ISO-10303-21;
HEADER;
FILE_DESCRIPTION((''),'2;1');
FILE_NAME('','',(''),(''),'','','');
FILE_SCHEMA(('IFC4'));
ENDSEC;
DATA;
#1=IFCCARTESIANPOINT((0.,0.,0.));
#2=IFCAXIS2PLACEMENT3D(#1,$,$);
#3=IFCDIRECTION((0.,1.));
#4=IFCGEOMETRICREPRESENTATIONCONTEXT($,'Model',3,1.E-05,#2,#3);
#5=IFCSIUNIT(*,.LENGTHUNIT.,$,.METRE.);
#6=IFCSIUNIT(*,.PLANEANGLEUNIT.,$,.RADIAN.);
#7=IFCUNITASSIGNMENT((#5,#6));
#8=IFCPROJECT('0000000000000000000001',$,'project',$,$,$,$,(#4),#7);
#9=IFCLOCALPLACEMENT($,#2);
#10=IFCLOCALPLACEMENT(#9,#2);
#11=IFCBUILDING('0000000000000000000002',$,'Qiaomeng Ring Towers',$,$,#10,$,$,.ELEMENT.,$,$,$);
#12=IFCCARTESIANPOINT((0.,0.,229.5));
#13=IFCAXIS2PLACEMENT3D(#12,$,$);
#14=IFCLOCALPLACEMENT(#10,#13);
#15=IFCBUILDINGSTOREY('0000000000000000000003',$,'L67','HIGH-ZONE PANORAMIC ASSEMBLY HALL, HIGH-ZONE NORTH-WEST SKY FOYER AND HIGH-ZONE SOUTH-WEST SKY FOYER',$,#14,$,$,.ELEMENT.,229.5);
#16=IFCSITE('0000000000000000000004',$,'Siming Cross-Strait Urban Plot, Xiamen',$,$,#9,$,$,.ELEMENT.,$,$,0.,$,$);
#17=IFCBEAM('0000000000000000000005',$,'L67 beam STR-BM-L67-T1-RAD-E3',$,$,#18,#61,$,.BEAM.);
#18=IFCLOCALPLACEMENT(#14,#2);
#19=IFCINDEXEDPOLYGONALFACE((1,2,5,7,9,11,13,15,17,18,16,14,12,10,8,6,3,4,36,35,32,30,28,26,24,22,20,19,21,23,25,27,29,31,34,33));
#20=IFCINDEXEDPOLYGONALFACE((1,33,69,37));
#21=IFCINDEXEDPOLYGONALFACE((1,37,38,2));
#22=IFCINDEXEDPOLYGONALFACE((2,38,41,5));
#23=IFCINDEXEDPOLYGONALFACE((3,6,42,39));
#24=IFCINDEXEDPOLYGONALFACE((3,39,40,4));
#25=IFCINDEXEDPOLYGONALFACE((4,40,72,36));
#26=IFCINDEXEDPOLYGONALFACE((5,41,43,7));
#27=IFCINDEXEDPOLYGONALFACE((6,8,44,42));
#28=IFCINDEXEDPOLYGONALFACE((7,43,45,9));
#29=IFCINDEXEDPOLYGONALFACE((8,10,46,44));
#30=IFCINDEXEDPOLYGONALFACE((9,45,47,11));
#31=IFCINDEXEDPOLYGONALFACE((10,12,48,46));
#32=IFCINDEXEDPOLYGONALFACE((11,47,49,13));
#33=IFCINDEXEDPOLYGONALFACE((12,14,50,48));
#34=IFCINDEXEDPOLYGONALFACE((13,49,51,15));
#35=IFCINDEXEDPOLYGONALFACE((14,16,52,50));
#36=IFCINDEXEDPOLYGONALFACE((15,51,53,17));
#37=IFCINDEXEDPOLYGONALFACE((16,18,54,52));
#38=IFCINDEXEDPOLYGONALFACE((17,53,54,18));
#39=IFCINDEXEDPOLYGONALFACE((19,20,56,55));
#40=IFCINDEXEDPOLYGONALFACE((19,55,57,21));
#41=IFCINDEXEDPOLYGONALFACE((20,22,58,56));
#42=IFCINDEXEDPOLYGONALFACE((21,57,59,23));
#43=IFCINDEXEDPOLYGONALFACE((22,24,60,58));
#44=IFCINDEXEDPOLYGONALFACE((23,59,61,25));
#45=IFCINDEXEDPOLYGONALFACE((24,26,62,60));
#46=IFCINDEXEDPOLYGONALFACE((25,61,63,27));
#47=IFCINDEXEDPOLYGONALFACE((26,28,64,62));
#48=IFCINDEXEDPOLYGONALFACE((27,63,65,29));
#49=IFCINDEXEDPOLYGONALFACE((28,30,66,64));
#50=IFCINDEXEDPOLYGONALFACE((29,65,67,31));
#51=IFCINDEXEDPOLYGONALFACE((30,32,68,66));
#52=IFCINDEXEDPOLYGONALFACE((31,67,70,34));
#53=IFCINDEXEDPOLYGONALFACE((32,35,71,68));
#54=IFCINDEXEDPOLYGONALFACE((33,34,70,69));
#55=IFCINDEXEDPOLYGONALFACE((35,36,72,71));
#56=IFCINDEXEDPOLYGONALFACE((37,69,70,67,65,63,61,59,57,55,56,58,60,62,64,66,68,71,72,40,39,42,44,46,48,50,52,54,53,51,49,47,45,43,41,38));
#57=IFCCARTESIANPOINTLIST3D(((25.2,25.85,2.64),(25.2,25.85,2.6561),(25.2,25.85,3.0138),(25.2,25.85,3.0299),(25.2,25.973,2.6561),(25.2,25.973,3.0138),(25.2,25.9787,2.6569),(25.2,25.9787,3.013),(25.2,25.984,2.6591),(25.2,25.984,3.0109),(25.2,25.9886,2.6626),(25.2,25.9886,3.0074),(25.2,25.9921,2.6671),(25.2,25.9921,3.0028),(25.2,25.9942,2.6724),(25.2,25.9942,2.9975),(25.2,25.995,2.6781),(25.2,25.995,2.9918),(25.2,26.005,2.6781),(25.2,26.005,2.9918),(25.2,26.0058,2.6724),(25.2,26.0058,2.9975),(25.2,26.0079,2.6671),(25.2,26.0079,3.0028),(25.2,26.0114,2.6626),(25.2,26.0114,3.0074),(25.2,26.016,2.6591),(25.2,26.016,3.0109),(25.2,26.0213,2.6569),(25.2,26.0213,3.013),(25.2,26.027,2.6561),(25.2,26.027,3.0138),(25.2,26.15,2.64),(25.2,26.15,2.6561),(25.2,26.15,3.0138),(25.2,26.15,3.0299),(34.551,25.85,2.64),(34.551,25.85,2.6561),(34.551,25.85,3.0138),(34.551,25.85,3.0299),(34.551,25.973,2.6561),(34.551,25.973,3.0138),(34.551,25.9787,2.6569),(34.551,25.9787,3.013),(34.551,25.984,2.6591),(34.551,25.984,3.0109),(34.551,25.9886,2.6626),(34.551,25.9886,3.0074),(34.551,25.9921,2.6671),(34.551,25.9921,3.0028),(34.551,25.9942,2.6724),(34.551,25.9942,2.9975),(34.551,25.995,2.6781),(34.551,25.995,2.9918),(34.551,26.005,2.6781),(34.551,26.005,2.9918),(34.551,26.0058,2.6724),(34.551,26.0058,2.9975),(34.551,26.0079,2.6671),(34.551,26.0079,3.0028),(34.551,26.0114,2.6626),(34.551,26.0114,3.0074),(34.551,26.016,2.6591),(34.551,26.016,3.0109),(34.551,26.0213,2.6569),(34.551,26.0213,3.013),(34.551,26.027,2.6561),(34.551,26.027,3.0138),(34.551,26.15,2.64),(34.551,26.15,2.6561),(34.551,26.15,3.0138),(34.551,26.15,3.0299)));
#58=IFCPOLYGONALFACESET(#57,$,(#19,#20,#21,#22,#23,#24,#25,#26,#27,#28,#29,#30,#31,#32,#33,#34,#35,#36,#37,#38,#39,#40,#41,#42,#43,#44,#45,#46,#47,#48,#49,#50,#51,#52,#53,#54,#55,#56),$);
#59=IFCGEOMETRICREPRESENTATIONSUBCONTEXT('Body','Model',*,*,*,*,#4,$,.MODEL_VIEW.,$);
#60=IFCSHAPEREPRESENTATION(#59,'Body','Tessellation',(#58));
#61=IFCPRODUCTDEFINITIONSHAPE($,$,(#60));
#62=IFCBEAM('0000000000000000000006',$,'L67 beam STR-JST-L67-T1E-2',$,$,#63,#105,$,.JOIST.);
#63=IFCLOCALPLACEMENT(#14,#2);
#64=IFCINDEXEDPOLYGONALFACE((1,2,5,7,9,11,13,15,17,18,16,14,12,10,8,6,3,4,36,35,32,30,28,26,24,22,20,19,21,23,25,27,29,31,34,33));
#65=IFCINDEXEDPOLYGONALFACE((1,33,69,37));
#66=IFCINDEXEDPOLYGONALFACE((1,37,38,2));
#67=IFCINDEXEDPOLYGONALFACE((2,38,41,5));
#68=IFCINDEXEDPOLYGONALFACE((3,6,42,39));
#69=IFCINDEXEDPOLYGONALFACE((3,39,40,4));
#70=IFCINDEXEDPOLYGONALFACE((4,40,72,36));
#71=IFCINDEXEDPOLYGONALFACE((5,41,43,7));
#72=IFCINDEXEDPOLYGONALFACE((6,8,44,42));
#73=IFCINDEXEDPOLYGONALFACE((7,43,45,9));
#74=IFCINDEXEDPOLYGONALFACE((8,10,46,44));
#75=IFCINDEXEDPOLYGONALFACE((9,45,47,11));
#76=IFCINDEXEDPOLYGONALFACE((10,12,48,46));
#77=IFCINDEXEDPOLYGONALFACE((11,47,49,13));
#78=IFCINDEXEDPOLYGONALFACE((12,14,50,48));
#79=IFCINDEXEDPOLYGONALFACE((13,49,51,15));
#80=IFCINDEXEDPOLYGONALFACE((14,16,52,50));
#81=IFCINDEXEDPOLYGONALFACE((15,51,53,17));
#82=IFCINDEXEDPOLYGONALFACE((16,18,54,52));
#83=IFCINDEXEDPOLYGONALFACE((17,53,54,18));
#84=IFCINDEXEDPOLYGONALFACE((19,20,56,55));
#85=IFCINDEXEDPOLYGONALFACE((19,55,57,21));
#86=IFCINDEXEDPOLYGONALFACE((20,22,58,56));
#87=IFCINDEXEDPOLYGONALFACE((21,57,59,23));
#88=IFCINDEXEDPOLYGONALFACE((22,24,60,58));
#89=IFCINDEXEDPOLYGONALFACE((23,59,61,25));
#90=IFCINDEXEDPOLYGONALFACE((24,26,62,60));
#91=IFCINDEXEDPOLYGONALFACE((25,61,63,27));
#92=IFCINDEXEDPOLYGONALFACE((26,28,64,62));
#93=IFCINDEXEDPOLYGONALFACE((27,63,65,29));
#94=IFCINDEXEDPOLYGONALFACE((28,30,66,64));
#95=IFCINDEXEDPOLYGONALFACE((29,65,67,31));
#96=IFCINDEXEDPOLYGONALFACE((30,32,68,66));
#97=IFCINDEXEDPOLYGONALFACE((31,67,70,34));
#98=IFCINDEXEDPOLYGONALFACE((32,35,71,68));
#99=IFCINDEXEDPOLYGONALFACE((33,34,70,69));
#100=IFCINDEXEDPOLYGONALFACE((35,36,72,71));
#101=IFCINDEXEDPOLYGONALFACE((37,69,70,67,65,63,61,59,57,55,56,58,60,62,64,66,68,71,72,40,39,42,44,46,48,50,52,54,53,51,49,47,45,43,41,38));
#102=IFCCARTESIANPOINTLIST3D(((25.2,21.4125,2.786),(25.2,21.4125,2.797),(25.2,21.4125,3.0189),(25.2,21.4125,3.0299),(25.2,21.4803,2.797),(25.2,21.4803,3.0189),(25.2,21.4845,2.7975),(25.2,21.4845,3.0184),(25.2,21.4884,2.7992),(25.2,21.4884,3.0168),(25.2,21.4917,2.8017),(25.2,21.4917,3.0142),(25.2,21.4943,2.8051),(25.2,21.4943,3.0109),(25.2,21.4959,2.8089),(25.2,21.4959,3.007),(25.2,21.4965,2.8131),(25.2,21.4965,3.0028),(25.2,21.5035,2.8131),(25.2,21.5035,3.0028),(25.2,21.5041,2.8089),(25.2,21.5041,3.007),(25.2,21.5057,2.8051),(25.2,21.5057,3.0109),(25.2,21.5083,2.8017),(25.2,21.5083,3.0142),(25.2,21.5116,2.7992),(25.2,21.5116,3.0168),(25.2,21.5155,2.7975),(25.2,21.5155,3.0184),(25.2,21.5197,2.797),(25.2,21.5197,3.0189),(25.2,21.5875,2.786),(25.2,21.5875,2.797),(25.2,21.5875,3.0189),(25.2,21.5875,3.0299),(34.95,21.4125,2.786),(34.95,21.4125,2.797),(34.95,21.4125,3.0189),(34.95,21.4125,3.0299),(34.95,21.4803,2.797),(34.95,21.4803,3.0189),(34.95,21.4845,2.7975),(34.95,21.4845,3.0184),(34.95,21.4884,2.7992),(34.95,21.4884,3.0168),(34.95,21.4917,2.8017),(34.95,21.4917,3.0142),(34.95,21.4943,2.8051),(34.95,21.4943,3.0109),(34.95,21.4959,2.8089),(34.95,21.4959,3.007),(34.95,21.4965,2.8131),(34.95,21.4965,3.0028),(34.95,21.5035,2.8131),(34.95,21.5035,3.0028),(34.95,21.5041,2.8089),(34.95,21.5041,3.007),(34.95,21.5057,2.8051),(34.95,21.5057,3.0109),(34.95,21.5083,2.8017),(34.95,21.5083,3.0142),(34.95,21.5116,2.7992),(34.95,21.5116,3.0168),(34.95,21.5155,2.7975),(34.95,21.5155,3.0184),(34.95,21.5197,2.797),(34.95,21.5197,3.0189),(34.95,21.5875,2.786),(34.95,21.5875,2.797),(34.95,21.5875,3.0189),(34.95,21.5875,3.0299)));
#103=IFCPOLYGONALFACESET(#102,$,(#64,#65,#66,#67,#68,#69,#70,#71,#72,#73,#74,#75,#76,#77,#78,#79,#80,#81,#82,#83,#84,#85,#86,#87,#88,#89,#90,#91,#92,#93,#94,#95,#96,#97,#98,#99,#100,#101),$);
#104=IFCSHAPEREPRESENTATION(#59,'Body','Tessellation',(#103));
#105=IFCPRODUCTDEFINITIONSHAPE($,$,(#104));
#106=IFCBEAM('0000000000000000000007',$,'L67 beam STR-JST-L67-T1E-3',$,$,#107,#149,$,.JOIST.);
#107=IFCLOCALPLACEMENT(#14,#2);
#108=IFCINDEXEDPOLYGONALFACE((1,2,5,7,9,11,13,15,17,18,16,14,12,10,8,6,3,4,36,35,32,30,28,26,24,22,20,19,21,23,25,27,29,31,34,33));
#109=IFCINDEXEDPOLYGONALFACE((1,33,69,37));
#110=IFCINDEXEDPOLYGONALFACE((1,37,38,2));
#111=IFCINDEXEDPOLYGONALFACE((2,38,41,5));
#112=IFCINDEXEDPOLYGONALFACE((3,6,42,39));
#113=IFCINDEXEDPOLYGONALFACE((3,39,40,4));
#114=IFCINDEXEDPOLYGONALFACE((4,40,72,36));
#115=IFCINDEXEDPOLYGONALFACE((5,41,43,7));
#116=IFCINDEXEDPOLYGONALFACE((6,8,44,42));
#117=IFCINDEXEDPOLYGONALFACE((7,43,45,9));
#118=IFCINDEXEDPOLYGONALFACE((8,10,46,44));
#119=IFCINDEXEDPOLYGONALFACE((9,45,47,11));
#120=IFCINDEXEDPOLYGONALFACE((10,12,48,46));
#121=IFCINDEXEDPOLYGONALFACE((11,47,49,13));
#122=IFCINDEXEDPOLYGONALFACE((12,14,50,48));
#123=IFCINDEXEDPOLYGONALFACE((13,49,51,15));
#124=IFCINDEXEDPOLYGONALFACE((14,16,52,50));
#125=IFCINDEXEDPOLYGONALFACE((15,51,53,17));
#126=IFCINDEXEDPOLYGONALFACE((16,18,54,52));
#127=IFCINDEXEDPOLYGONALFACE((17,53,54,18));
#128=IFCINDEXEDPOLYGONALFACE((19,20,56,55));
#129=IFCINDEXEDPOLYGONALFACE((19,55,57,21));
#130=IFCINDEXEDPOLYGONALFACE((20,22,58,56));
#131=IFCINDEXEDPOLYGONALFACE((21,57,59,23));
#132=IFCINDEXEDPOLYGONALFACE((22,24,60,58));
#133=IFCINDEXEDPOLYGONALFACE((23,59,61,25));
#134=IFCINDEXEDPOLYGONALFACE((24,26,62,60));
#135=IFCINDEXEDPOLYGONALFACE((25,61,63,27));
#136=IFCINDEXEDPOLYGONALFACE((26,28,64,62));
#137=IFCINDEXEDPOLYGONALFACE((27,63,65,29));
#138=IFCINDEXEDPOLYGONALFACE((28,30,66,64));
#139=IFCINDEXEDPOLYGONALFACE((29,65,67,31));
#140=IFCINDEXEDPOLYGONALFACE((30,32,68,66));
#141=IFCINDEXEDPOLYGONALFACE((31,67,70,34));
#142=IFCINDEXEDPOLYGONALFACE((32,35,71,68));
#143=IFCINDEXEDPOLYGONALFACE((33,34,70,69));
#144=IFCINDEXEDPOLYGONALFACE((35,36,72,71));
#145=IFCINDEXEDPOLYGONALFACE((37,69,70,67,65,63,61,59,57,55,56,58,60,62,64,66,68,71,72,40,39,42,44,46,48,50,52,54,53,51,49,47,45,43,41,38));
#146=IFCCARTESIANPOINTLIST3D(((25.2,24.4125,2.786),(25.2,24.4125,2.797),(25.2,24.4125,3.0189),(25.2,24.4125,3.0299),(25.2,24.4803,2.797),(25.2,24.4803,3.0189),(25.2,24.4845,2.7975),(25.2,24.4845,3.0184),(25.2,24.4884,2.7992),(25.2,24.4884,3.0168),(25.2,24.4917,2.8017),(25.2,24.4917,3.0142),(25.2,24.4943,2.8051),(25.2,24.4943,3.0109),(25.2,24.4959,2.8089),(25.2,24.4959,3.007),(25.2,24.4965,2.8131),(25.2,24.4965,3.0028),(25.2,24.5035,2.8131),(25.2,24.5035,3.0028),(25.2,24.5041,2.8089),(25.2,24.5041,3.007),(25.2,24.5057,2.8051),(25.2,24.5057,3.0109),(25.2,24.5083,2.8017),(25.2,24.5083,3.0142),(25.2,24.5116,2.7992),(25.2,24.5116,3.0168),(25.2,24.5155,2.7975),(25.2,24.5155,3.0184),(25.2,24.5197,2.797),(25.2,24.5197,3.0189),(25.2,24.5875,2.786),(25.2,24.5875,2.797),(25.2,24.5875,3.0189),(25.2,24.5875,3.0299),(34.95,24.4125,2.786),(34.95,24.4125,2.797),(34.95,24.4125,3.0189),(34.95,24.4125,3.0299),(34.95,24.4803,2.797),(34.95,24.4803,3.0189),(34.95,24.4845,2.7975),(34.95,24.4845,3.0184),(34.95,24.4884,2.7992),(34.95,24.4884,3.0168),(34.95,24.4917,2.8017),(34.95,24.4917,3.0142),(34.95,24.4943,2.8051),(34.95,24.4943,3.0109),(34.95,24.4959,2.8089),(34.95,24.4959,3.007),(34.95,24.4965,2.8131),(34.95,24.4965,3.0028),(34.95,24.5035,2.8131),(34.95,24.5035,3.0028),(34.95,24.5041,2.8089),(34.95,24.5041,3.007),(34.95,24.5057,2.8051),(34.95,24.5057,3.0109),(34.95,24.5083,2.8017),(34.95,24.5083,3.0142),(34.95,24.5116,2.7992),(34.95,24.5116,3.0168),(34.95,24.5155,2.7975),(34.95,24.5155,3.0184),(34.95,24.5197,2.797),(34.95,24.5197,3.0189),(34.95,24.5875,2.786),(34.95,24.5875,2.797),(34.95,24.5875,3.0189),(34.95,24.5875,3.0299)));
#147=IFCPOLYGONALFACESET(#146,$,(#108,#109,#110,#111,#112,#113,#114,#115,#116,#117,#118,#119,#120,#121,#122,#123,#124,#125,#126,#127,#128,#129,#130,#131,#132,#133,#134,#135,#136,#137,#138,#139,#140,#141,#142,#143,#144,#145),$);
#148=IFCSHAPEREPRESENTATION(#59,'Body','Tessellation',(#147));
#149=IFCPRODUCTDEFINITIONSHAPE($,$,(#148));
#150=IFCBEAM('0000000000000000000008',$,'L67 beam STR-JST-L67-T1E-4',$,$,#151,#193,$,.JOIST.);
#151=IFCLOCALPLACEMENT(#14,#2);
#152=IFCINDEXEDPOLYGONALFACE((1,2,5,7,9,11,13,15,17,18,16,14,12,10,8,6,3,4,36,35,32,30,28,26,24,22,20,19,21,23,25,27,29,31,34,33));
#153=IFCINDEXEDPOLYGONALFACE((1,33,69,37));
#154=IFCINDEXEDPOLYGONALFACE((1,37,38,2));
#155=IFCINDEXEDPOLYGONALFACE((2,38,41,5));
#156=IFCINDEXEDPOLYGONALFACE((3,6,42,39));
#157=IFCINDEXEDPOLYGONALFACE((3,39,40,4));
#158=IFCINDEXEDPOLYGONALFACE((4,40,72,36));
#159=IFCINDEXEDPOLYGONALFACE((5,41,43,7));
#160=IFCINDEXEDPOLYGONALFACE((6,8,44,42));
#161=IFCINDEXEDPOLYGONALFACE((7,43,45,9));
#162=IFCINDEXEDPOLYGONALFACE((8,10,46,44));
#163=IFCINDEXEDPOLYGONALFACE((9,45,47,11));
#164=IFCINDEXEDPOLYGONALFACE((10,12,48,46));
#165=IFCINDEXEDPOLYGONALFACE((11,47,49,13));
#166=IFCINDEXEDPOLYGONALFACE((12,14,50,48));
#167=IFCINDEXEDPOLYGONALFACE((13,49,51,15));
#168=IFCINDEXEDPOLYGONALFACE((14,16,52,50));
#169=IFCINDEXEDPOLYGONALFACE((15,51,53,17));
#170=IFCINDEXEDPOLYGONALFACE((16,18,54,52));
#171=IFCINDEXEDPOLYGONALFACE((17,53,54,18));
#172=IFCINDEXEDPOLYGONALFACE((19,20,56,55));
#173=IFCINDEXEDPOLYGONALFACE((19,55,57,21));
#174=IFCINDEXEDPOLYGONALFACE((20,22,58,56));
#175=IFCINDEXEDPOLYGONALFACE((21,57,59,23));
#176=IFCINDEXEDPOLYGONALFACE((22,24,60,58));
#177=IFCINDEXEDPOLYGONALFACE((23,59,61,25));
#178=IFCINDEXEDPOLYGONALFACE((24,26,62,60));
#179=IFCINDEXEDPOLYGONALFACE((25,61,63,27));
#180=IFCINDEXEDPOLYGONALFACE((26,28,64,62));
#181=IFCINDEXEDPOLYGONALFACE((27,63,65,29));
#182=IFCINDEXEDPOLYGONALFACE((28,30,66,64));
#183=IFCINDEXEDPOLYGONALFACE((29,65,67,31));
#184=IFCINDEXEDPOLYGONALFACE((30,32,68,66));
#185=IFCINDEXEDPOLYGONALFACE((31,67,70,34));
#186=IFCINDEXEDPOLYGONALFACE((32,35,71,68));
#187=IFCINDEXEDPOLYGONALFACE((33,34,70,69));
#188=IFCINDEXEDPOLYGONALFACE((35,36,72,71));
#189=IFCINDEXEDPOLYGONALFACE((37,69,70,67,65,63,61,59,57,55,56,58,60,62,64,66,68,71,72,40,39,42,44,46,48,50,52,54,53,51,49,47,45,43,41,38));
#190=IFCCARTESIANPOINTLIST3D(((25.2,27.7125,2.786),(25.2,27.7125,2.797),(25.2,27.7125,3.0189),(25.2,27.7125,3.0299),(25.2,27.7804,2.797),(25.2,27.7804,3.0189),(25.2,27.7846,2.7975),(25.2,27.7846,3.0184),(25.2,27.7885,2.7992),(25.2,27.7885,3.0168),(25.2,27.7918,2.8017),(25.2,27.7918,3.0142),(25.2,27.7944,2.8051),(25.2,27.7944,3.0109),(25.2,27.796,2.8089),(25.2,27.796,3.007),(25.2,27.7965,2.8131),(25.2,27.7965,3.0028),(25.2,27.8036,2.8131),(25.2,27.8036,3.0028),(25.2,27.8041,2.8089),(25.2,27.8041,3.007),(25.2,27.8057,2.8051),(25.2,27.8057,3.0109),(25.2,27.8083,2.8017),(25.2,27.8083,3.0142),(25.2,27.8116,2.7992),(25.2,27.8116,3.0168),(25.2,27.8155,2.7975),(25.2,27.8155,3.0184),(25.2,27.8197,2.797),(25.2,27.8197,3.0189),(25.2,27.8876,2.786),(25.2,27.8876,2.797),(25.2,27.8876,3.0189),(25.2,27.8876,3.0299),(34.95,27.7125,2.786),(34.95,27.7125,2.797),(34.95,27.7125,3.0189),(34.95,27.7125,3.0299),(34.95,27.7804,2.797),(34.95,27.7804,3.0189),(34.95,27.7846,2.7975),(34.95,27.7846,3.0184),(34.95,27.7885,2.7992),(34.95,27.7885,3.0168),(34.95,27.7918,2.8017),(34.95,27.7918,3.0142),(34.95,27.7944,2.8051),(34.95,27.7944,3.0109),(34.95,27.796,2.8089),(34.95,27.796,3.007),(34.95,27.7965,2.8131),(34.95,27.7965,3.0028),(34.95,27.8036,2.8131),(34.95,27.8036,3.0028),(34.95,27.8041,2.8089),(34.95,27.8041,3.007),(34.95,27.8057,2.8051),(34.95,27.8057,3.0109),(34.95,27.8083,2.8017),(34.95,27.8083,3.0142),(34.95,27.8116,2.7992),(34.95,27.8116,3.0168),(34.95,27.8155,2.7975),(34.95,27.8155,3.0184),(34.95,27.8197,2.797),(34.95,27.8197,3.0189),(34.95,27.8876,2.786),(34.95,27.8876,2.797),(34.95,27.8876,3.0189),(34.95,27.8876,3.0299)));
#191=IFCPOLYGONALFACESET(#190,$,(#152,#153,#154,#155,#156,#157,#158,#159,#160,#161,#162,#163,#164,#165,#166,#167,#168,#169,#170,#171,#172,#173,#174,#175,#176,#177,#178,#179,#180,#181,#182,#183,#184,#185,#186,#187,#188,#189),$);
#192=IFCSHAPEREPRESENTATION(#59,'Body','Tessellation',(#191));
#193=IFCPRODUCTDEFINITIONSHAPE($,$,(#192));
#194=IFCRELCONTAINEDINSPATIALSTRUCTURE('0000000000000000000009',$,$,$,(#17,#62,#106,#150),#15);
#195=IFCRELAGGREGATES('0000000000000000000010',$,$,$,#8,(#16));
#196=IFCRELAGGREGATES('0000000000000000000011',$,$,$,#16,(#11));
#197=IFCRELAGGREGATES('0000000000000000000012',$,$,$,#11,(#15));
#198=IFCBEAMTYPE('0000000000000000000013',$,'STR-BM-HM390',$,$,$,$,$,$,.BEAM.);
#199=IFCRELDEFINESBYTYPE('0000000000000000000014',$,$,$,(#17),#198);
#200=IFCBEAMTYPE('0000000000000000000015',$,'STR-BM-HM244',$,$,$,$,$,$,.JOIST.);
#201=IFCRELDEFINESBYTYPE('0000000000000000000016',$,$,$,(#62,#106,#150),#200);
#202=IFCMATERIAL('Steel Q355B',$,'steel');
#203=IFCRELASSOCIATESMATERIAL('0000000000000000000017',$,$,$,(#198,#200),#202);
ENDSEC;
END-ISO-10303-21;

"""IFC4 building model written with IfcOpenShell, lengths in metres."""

from ifc_helpers import new_model, si_unit, direction, frame, origin, origin_2d, place, context, subcontext, project, spatial, i_section, extrude, source, transform, mapped, material, material_profile, profile_set, type_object, element, save


model = new_model("IFC4")

# Units and contexts
model_context = context("Model", 3, precision=1e-05, world=origin(), true_north=direction((0.0, 1.0)))
body_context = subcontext(model_context, "Body", "Model", "MODEL_VIEW")
ifc_project = project(units=[si_unit("LENGTHUNIT", "METRE"), si_unit("PLANEANGLEUNIT", "RADIAN")], contexts=[model_context])

# Site, building, storey
site_placement = place(None, origin())
site = spatial("IfcSite", under=ifc_project, at=site_placement, Name="Siming Cross-Strait Urban Plot, Xiamen", CompositionType="ELEMENT", RefElevation=0.0)
building_placement = place(site_placement, origin())
building = spatial("IfcBuilding", under=site, at=building_placement, Name="Qiaomeng Ring Towers", CompositionType="ELEMENT")
storey_placement = place(building_placement, frame((0.0, 0.0, 229.5)))
storey = spatial("IfcBuildingStorey", under=building, at=storey_placement, Name="L67", Description="HIGH-ZONE PANORAMIC ASSEMBLY HALL, HIGH-ZONE NORTH-WEST SKY FOYER AND HIGH-ZONE SOUTH-WEST SKY FOYER", CompositionType="ELEMENT", Elevation=229.5)

# Beams
ifc_material_1 = material(Name="Steel Q355B", Category="steel")
ifc_material_profile_1 = material_profile(ifc_material_1, i_section(OverallWidth=0.3, OverallDepth=0.3899, WebThickness=0.01, FlangeThickness=0.0161, FilletRadius=0.022, at=origin_2d()), Name="HM 390x300x10x16")
ifc_profile_set_1 = profile_set([ifc_material_profile_1], Name="Steel Q355B")
beam_type_1 = type_object("IfcBeamType", Name="STR-BM-HM390", PredefinedType="BEAM", material=ifc_profile_set_1)
shared_shape_1 = source(origin(), body_context, "Body", "SweptSolid", [
    extrude(i_section(OverallWidth=0.3, OverallDepth=0.3899, WebThickness=0.01, FlangeThickness=0.0161, FilletRadius=0.022, at=origin_2d()), origin(), (0.0, 0.0, 1.0), 9.3511),
])
for number, where, z_axis, x_axis, name in (
    (1, (25.2, 26.0, 2.835), (1.0, 0.0, 0.0), (0.0, 1.0, 0.0), "L67 beam STR-BM-L67-T1-RAD-E3"),
):
    element("IfcBeam", number, at=place(storey_placement, frame(where, z_axis=z_axis, x_axis=x_axis)), inside=storey, type_object=beam_type_1, Name=name, PredefinedType="BEAM", context=body_context, shape_type="MappedRepresentation", body=[
        mapped(shared_shape_1, transform((0.0, 0.0, 0.0), x_axis=(1.0, 0.0, 0.0), y_axis=(0.0, 1.0, 0.0), z_axis=(0.0, 0.0, 1.0), scale=1.0)),
    ])
ifc_material_profile_2 = material_profile(ifc_material_1, i_section(OverallWidth=0.175, OverallDepth=0.2439, WebThickness=0.0071, FlangeThickness=0.011, FilletRadius=0.0161, at=origin_2d()), Name="HM 244x175x7x11")
ifc_profile_set_2 = profile_set([ifc_material_profile_2], Name="Steel Q355B")
beam_type_2 = type_object("IfcBeamType", Name="STR-BM-HM244", PredefinedType="JOIST", material=ifc_profile_set_2)
shared_shape_2 = source(origin(), body_context, "Body", "SweptSolid", [
    extrude(i_section(OverallWidth=0.175, OverallDepth=0.2439, WebThickness=0.0071, FlangeThickness=0.011, FilletRadius=0.0161, at=origin_2d()), origin(), (0.0, 0.0, 1.0), 9.75),
])
for number, where, z_axis, x_axis, name in (
    (2, (25.2, 21.5, 2.908), (1.0, 0.0, 0.0), (0.0, 1.0, 0.0), "L67 beam STR-JST-L67-T1E-2"),
    (3, (25.2, 24.5, 2.908), (1.0, 0.0, 0.0), (0.0, 1.0, 0.0), "L67 beam STR-JST-L67-T1E-3"),
    (4, (25.2, 27.8, 2.908), (1.0, 0.0, 0.0), (0.0, 1.0, 0.0), "L67 beam STR-JST-L67-T1E-4"),
):
    element("IfcBeam", number, at=place(storey_placement, frame(where, z_axis=z_axis, x_axis=x_axis)), inside=storey, type_object=beam_type_2, Name=name, PredefinedType="JOIST", context=body_context, shape_type="MappedRepresentation", body=[
        mapped(shared_shape_2, transform((0.0, 0.0, 0.0), x_axis=(1.0, 0.0, 0.0), y_axis=(0.0, 1.0, 0.0), z_axis=(0.0, 0.0, 1.0), scale=1.0)),
    ])

save(model, "model.ifc")
